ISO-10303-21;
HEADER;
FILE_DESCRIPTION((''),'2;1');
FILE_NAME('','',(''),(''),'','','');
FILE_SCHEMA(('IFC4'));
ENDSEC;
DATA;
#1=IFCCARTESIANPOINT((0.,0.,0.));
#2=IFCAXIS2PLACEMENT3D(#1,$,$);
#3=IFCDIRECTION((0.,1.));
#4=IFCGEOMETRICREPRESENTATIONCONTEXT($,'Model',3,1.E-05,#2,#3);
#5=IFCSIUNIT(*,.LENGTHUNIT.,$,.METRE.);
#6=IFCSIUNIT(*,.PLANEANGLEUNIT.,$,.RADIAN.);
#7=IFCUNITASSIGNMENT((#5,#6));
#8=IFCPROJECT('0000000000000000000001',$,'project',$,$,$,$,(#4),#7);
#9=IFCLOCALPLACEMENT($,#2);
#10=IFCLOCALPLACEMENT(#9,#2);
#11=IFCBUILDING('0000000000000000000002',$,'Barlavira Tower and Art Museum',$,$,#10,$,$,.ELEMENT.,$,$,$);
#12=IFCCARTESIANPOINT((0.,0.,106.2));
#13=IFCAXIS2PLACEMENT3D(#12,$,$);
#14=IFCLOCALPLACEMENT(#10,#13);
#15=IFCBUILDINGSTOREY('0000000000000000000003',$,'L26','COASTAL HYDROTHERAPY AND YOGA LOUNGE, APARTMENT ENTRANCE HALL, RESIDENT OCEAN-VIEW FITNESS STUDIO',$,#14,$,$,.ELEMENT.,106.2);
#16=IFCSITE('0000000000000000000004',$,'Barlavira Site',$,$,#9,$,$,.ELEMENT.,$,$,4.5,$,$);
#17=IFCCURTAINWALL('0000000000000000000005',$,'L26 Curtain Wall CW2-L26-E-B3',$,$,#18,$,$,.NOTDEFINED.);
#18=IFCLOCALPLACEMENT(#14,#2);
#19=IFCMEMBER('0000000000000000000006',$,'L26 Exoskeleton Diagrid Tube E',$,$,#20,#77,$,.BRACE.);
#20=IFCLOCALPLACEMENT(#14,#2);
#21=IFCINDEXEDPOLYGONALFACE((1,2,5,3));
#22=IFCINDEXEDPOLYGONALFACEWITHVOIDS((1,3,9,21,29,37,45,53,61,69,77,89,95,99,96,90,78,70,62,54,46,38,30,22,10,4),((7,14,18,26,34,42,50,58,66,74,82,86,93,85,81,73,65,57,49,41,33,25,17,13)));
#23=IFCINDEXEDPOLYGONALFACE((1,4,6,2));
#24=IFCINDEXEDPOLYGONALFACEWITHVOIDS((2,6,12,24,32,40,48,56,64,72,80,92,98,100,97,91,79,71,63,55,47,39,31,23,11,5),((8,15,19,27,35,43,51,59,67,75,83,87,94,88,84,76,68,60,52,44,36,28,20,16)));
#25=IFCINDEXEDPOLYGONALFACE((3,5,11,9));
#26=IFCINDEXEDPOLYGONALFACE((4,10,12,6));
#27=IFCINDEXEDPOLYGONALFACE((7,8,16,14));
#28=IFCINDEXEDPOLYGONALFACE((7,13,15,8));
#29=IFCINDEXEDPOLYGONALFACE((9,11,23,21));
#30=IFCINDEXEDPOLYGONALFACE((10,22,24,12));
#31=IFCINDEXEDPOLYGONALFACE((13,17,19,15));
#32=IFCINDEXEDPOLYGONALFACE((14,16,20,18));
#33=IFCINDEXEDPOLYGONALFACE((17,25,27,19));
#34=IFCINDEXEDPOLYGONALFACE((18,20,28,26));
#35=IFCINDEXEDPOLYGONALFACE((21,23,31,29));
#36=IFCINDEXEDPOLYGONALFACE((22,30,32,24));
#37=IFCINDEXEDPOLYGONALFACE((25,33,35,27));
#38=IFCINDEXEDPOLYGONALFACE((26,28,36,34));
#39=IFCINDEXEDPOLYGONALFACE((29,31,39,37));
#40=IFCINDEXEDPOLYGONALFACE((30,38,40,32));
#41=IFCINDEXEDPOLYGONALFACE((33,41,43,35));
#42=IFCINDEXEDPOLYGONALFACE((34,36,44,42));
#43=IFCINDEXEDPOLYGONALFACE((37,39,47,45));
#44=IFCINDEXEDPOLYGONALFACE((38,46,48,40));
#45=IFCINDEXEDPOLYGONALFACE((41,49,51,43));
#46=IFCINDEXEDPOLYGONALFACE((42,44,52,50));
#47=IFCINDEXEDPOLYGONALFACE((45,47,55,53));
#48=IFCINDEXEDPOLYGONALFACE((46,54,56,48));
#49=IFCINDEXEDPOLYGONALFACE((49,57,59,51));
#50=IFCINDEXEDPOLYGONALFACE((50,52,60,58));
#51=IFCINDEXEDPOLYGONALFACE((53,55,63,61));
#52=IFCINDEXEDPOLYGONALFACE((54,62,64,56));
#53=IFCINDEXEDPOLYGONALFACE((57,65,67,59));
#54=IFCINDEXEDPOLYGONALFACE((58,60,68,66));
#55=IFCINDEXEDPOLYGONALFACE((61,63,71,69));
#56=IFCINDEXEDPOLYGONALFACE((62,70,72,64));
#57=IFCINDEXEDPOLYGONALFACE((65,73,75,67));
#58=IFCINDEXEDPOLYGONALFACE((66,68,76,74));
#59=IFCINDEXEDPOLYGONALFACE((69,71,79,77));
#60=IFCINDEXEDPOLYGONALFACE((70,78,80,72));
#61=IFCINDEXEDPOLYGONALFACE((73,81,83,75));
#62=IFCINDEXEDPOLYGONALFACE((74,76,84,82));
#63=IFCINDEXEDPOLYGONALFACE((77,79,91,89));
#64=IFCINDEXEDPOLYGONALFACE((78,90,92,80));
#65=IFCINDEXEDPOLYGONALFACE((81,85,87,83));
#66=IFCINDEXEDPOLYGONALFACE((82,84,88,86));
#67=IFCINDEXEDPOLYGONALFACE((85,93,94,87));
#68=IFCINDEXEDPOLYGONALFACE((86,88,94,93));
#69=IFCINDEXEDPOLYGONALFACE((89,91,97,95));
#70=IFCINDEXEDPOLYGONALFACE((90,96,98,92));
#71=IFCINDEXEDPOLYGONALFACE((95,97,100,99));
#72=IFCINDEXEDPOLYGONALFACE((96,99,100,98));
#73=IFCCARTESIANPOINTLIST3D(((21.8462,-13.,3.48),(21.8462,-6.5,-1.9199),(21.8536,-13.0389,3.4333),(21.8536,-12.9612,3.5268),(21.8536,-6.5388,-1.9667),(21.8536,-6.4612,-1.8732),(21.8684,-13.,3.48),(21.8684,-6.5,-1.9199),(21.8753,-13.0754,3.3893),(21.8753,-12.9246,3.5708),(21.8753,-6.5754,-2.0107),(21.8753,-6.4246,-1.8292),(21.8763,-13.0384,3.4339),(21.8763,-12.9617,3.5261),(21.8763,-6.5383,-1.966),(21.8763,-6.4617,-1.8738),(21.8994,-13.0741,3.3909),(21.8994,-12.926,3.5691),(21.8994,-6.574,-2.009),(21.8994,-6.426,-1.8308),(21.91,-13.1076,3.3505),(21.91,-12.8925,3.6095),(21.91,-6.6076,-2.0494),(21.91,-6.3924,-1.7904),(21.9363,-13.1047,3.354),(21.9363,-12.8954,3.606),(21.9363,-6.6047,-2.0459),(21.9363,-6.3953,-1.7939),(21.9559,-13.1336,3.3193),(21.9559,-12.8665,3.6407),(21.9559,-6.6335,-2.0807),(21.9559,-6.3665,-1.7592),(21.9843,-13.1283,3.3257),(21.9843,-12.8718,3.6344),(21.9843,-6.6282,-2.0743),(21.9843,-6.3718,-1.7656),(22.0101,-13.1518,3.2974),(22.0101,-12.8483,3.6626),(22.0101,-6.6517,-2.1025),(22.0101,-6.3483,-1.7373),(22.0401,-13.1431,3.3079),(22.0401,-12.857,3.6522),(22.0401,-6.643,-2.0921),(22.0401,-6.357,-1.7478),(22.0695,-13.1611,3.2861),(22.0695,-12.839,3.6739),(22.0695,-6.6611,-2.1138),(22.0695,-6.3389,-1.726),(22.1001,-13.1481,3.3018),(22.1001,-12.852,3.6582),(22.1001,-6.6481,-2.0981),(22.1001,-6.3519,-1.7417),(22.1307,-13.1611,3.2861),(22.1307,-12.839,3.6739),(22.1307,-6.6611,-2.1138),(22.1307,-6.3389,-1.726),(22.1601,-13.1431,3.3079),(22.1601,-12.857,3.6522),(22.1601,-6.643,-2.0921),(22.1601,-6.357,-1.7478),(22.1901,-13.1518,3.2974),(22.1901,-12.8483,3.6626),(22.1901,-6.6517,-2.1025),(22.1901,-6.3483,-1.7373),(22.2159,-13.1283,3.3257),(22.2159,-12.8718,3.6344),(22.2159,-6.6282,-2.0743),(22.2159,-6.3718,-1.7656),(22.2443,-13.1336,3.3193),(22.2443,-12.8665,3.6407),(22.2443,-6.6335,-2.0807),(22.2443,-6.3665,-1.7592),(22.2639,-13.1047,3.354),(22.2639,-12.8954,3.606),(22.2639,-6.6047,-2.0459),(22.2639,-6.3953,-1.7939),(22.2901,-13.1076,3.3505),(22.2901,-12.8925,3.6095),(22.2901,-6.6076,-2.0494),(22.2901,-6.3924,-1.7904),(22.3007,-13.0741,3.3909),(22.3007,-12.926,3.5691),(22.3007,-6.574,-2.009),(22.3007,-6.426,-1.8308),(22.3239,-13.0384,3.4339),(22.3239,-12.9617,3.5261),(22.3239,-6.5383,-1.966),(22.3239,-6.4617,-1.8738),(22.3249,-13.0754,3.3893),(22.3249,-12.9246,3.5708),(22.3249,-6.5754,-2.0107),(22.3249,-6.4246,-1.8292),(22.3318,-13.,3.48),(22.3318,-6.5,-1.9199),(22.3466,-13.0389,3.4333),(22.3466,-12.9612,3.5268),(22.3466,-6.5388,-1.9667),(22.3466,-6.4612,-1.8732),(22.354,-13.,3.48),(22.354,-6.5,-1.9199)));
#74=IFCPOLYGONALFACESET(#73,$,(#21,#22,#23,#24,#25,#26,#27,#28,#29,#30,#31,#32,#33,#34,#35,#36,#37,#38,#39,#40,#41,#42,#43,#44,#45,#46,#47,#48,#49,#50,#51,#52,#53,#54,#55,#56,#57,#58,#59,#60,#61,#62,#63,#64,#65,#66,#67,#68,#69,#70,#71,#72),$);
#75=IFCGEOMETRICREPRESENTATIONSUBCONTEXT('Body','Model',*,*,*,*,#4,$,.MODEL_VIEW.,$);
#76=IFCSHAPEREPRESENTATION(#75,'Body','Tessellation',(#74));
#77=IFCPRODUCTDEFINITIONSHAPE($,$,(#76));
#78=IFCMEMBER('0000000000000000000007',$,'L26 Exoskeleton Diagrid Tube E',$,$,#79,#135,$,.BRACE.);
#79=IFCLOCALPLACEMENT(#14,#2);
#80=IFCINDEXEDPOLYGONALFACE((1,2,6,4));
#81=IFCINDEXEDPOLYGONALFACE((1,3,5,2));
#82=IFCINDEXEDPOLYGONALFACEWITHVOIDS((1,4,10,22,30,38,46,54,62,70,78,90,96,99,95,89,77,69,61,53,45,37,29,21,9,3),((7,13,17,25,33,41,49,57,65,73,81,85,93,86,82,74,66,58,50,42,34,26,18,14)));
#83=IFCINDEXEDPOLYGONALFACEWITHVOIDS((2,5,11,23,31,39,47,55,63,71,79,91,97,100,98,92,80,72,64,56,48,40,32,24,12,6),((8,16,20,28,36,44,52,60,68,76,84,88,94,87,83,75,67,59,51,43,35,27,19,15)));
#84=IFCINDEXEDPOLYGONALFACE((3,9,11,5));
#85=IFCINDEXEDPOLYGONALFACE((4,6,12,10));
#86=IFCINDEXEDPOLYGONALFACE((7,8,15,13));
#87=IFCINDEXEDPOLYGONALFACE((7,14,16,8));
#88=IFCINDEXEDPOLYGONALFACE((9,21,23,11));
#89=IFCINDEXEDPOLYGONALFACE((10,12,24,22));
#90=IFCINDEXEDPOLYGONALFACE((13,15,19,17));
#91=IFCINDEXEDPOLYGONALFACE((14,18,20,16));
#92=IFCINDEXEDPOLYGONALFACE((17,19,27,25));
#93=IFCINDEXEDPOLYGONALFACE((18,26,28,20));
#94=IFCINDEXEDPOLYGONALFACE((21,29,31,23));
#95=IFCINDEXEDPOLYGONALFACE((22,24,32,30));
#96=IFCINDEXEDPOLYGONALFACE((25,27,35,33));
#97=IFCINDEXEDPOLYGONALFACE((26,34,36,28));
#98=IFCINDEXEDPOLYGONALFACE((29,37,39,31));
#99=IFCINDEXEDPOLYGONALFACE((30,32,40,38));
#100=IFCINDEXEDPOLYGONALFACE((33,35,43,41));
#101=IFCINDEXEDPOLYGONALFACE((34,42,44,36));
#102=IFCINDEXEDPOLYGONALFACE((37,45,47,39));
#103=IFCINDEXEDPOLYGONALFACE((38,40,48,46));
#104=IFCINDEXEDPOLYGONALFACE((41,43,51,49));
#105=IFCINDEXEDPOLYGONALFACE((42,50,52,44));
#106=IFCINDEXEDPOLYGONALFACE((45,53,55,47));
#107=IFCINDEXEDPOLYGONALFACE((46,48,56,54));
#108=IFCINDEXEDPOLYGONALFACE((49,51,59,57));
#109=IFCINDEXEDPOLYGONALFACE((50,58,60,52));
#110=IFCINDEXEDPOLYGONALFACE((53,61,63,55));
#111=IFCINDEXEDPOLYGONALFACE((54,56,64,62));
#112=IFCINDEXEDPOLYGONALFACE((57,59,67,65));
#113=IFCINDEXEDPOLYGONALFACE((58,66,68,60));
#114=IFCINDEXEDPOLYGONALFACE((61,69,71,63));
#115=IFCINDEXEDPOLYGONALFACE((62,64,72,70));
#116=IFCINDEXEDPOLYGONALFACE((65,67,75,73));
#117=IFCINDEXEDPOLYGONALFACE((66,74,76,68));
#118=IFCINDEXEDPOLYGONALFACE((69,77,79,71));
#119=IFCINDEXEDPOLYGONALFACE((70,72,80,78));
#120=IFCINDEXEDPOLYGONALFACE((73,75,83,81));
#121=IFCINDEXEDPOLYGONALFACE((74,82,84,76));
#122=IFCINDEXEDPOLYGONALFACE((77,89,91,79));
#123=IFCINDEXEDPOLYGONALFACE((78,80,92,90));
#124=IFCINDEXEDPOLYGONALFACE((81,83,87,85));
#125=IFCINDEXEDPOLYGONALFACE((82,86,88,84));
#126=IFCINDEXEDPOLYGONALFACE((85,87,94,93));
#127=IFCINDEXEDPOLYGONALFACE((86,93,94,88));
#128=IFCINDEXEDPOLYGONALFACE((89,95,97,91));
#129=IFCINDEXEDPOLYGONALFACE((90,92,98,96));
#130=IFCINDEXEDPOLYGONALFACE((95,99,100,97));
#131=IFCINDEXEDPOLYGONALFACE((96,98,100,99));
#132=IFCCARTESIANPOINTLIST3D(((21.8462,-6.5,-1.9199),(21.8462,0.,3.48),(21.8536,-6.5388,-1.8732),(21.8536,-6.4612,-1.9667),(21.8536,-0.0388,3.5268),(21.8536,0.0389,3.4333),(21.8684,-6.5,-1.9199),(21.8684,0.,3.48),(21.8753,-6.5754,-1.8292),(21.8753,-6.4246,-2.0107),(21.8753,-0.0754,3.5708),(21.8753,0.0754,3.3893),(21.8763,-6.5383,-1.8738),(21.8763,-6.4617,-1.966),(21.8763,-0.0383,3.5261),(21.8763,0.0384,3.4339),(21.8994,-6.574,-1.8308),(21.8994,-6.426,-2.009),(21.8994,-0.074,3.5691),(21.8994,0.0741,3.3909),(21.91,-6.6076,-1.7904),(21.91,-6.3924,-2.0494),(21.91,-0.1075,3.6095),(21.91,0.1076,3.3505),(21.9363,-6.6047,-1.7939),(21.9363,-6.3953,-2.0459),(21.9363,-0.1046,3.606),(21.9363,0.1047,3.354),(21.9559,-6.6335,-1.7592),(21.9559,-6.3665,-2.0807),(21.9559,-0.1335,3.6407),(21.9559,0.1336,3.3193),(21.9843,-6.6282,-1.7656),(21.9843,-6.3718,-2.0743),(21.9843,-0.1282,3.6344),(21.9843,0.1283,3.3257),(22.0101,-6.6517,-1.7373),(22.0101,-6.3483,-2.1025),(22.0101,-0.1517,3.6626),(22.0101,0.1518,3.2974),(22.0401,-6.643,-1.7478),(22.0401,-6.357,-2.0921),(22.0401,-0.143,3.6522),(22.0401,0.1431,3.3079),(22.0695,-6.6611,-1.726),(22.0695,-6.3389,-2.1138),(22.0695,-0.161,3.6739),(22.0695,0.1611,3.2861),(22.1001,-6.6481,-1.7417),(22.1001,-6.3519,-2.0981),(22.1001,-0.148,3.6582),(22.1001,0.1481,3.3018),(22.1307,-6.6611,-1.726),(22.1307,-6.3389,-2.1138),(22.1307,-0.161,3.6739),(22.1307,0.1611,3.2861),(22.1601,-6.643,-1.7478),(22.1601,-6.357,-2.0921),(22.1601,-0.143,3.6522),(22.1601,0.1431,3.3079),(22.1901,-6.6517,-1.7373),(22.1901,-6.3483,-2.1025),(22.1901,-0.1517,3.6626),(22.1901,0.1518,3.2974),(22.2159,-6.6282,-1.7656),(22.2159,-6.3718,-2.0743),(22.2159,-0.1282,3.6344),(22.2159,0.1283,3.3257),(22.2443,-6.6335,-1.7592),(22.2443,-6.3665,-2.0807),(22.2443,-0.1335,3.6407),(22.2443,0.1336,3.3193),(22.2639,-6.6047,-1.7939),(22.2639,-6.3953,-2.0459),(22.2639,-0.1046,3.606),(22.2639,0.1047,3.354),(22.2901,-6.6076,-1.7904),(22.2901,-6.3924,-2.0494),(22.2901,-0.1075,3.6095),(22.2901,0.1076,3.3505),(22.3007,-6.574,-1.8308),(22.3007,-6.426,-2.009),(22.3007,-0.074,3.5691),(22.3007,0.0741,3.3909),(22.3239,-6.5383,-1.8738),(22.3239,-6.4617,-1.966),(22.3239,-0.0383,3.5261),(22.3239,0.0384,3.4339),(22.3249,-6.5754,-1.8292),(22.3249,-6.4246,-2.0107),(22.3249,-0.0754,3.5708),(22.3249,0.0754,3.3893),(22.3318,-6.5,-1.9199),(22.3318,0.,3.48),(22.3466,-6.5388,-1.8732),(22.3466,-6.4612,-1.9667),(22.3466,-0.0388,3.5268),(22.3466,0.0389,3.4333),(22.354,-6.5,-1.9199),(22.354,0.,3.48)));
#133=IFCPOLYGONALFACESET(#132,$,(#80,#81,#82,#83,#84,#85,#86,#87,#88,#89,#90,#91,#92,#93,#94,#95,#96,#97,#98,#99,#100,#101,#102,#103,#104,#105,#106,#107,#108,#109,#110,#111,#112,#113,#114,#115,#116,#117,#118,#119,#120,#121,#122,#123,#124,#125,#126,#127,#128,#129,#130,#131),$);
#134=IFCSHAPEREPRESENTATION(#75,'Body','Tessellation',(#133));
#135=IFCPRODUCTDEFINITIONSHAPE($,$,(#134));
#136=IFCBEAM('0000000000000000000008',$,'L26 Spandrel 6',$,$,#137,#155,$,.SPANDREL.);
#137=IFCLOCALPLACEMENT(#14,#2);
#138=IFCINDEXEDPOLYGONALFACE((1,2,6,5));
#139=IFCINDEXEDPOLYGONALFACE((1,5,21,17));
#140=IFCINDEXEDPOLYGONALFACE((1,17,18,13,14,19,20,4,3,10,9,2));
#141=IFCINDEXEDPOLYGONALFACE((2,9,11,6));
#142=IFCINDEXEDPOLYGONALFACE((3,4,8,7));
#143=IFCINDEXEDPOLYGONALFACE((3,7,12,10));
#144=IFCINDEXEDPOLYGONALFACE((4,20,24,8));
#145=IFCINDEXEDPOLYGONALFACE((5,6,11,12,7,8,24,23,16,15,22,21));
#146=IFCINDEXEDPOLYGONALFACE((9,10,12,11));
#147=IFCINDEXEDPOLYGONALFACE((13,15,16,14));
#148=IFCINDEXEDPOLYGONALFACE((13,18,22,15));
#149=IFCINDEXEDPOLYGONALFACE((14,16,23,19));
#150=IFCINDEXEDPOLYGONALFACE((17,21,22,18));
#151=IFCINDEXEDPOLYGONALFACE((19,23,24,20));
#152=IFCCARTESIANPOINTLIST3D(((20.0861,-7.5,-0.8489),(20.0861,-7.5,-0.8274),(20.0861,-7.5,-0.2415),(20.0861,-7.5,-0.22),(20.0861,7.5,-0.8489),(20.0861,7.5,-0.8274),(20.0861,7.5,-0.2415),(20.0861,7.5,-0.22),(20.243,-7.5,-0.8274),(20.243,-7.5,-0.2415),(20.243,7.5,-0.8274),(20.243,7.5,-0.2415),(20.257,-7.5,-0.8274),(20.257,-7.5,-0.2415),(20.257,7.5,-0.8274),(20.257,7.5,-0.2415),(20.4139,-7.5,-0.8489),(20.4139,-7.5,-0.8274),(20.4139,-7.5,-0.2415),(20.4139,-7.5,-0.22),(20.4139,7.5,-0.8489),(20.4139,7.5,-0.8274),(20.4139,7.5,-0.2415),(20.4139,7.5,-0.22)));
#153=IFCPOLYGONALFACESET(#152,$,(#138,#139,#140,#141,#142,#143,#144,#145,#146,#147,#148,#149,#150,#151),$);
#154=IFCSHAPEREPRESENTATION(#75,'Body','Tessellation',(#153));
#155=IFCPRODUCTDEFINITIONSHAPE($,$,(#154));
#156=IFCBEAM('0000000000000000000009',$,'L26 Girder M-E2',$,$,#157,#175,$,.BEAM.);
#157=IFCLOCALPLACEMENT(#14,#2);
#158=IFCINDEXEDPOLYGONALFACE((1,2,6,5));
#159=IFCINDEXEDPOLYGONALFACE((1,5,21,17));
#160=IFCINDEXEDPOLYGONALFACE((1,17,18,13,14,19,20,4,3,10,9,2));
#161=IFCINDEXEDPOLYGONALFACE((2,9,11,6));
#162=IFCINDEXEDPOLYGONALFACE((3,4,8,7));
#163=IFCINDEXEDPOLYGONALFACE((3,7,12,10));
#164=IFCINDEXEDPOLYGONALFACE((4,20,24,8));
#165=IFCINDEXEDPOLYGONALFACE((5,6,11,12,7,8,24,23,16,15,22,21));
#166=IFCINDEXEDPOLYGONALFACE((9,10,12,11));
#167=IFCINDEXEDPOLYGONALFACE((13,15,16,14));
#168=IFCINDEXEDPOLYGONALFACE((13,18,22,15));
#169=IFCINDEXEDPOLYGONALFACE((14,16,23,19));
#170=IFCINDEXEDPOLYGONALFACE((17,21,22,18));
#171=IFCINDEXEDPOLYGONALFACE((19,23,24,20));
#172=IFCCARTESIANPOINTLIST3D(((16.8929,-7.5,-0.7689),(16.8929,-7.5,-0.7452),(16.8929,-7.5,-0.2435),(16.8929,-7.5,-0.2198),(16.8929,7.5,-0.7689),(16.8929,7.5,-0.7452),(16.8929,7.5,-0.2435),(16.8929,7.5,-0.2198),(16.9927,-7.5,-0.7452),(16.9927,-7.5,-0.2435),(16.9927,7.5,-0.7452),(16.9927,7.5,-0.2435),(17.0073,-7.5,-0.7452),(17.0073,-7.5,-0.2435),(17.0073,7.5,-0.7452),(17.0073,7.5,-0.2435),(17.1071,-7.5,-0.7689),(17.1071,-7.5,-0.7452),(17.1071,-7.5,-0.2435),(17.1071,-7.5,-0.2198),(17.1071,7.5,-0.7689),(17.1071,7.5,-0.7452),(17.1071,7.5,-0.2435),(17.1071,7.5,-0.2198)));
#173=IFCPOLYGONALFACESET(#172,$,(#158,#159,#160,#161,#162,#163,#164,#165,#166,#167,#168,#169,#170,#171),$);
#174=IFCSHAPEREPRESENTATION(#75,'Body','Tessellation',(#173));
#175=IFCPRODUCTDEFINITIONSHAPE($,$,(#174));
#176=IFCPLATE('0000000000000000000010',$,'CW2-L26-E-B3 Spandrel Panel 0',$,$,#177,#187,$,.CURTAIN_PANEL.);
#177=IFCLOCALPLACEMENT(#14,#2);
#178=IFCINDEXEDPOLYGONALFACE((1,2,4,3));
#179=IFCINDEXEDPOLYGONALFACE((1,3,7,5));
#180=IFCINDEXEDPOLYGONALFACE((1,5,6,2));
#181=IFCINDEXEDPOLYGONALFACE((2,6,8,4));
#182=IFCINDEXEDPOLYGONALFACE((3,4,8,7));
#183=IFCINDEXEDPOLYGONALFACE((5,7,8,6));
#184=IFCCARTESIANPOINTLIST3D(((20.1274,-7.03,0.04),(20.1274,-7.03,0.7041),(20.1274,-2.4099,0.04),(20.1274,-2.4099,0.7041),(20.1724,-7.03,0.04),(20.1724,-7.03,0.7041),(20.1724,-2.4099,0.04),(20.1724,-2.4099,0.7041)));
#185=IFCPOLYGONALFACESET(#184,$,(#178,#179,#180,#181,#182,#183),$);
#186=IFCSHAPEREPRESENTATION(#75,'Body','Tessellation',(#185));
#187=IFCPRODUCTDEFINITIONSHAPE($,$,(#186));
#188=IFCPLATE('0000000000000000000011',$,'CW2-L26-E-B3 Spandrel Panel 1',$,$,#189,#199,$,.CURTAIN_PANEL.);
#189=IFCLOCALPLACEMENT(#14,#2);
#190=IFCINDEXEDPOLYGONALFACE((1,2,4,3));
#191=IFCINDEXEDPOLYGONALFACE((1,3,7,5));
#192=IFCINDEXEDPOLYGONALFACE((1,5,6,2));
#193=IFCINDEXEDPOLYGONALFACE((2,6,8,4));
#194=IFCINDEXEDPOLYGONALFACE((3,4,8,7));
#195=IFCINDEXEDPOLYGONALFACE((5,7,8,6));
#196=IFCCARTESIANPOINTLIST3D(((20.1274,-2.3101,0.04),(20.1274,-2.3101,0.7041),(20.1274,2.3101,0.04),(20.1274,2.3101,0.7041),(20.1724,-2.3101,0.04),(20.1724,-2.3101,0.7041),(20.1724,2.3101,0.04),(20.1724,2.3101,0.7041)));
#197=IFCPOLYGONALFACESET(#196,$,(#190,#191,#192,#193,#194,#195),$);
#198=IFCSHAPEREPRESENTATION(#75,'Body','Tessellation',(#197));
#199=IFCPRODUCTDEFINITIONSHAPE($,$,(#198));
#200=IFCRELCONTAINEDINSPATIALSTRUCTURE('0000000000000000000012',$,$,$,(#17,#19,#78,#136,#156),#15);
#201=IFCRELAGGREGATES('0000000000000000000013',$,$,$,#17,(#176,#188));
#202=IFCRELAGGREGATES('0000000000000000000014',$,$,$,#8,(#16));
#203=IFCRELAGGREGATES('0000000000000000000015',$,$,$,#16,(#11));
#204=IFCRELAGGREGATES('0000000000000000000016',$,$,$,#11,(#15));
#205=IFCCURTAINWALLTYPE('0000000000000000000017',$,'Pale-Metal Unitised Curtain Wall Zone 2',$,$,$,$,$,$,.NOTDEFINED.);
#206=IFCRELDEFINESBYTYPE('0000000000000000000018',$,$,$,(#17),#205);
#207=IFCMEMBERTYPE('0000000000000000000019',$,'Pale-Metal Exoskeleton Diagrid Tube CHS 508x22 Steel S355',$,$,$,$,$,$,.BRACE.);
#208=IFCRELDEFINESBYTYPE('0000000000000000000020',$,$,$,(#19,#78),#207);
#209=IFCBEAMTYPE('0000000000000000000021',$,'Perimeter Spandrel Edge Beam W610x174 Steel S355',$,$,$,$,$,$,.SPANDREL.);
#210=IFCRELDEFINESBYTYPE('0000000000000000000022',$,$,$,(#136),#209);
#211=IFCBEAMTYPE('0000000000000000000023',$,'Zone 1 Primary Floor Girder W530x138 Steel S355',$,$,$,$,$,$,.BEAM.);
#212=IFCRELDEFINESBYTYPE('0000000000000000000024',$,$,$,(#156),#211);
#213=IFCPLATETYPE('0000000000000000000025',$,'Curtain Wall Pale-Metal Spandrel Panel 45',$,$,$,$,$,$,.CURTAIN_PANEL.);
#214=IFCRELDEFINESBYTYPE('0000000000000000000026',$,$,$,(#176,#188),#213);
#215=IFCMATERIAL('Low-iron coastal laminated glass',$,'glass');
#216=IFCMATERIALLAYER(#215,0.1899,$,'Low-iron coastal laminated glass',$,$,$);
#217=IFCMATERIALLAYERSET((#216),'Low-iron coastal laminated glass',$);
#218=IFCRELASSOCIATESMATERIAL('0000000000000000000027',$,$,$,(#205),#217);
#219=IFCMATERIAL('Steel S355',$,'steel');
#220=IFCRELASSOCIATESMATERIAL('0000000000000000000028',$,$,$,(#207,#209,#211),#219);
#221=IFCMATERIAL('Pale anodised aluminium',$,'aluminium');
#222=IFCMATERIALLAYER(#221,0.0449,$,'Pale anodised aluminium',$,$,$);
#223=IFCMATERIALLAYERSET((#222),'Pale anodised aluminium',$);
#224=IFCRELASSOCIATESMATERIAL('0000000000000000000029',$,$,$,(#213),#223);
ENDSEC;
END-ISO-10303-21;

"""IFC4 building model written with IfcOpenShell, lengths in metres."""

from ifc_helpers import new_model, si_unit, direction, frame, origin, origin_2d, place, context, subcontext, project, spatial, rectangle, hollow_circle, i_section, extrude, material, layer, layer_set, material_profile, profile_set, type_object, element, aggregate, save


model = new_model("IFC4")

# Units and contexts
model_context = context("Model", 3, precision=1e-05, world=origin(), true_north=direction((0.0, 1.0)))
body_context = subcontext(model_context, "Body", "Model", "MODEL_VIEW")
ifc_project = project(units=[si_unit("LENGTHUNIT", "METRE"), si_unit("PLANEANGLEUNIT", "RADIAN")], contexts=[model_context])

# Site, building, storey
site_placement = place(None, origin())
site = spatial("IfcSite", under=ifc_project, at=site_placement, Name="Barlavira Site", CompositionType="ELEMENT", RefElevation=4.5)
building_placement = place(site_placement, origin())
building = spatial("IfcBuilding", under=site, at=building_placement, Name="Barlavira Tower and Art Museum", CompositionType="ELEMENT")
storey_placement = place(building_placement, frame((0.0, 0.0, 106.2)))
storey = spatial("IfcBuildingStorey", under=building, at=storey_placement, Name="L26", Description="COASTAL HYDROTHERAPY AND YOGA LOUNGE, APARTMENT ENTRANCE HALL, RESIDENT OCEAN-VIEW FITNESS STUDIO", CompositionType="ELEMENT", Elevation=106.2)

# Curtain wall
ifc_material_1 = material(Name="Low-iron coastal laminated glass", Category="glass")
ifc_layer_1 = layer(ifc_material_1, 0.1899, Name="Low-iron coastal laminated glass")
ifc_layer_set_1 = layer_set([ifc_layer_1], Name="Low-iron coastal laminated glass")
curtain_wall_type = type_object("IfcCurtainWallType", Name="Pale-Metal Unitised Curtain Wall Zone 2", PredefinedType="NOTDEFINED", material=ifc_layer_set_1)
curtain_wall_placement = place(storey_placement, origin())
curtain_wall = element("IfcCurtainWall", 1, at=curtain_wall_placement, inside=storey, type_object=curtain_wall_type, Name="L26 Curtain Wall CW2-L26-E-B3", PredefinedType="NOTDEFINED")
ifc_material_2 = material(Name="Pale anodised aluminium", Category="aluminium")

# Members
ifc_material_3 = material(Name="Steel S355", Category="steel")
ifc_material_profile_1 = material_profile(ifc_material_3, hollow_circle(Radius=0.2539, WallThickness=0.0222, at=origin_2d()), Name="CHS 508.0x22.2")
ifc_profile_set_1 = profile_set([ifc_material_profile_1], Name="Steel S355")
member_type_1 = type_object("IfcMemberType", Name="Pale-Metal Exoskeleton Diagrid Tube CHS 508x22 Steel S355", PredefinedType="BRACE", material=ifc_profile_set_1)
for number, where, z_axis, x_axis, name in (
    (2, (22.1001, -6.5, -1.9199), (0.0, -0.769196, 0.639013), (1.0, 0.0, 0.0), "L26 Exoskeleton Diagrid Tube E"),
    (3, (22.1001, -6.5, -1.9199), (0.0, 0.769196, 0.639013), (-1.0, 0.0, 0.0), "L26 Exoskeleton Diagrid Tube E"),
):
    element("IfcMember", number, at=place(storey_placement, frame(where, z_axis=z_axis, x_axis=x_axis)), inside=storey, type_object=member_type_1, Name=name, PredefinedType="BRACE", context=body_context, shape_type="SweptSolid", body=[
        extrude(hollow_circle(Radius=0.2539, WallThickness=0.0222, at=origin_2d()), origin(), (0.0, 0.0, 1.0), 8.4504),
    ])

# Beams
ifc_material_profile_2 = material_profile(ifc_material_3, i_section(OverallWidth=0.3279, OverallDepth=0.6289, WebThickness=0.0139, FlangeThickness=0.0215, at=origin_2d()), Name="W610x174.0")
ifc_profile_set_2 = profile_set([ifc_material_profile_2], Name="Steel S355")
beam_type_1 = type_object("IfcBeamType", Name="Perimeter Spandrel Edge Beam W610x174 Steel S355", PredefinedType="SPANDREL", material=ifc_profile_set_2)
beam_1_placement = place(storey_placement, frame((20.25, -7.5, -0.5344), z_axis=(0.0, 1.0, 0.0), x_axis=(-1.0, 0.0, 0.0)))
element("IfcBeam", 4, at=beam_1_placement, inside=storey, type_object=beam_type_1, Name="L26 Spandrel 6", PredefinedType="SPANDREL", context=body_context, shape_type="SweptSolid", body=[
    extrude(i_section(OverallWidth=0.3279, OverallDepth=0.6289, WebThickness=0.0139, FlangeThickness=0.0215, at=origin_2d()), origin(), (0.0, 0.0, 1.0), 15.0),
])
ifc_material_profile_3 = material_profile(ifc_material_3, i_section(OverallWidth=0.2141, OverallDepth=0.5491, WebThickness=0.0146, FlangeThickness=0.0237, at=origin_2d()), Name="W530x138.0")
ifc_profile_set_3 = profile_set([ifc_material_profile_3], Name="Steel S355")
beam_type_2 = type_object("IfcBeamType", Name="Zone 1 Primary Floor Girder W530x138 Steel S355", PredefinedType="BEAM", material=ifc_profile_set_3)
beam_2_placement = place(storey_placement, frame((17.0, -7.5, -0.4944), z_axis=(0.0, 1.0, 0.0), x_axis=(-1.0, 0.0, 0.0)))
element("IfcBeam", 5, at=beam_2_placement, inside=storey, type_object=beam_type_2, Name="L26 Girder M-E2", PredefinedType="BEAM", context=body_context, shape_type="SweptSolid", body=[
    extrude(i_section(OverallWidth=0.2141, OverallDepth=0.5491, WebThickness=0.0146, FlangeThickness=0.0237, at=origin_2d()), origin(), (0.0, 0.0, 1.0), 15.0),
])

# Plates
ifc_layer_2 = layer(ifc_material_2, 0.0449, Name="Pale anodised aluminium")
ifc_layer_set_2 = layer_set([ifc_layer_2], Name="Pale anodised aluminium")
plate_type_1 = type_object("IfcPlateType", Name="Curtain Wall Pale-Metal Spandrel Panel 45", PredefinedType="CURTAIN_PANEL", material=ifc_layer_set_2)
plate_1_placement = place(storey_placement, frame((20.1499, -4.72, 0.04), z_axis=(0.0, 0.0, 1.0), x_axis=(0.0, 1.0, 0.0)))
plate_1 = element("IfcPlate", 6, at=plate_1_placement, type_object=plate_type_1, Name="CW2-L26-E-B3 Spandrel Panel 0", PredefinedType="CURTAIN_PANEL", context=body_context, shape_type="SweptSolid", body=[
    extrude(rectangle(XDim=4.6201, YDim=0.0449, at=origin_2d()), origin(), (0.0, 0.0, 1.0), 0.6641),
])
plate_2_placement = place(storey_placement, frame((20.1499, 0.0, 0.04), z_axis=(0.0, 0.0, 1.0), x_axis=(0.0, 1.0, 0.0)))
plate_2 = element("IfcPlate", 7, at=plate_2_placement, type_object=plate_type_1, Name="CW2-L26-E-B3 Spandrel Panel 1", PredefinedType="CURTAIN_PANEL", context=body_context, shape_type="SweptSolid", body=[
    extrude(rectangle(XDim=4.6201, YDim=0.0449, at=origin_2d()), origin(), (0.0, 0.0, 1.0), 0.6641),
])
aggregate(curtain_wall, [plate_1, plate_2])

save(model, "model.ifc")
